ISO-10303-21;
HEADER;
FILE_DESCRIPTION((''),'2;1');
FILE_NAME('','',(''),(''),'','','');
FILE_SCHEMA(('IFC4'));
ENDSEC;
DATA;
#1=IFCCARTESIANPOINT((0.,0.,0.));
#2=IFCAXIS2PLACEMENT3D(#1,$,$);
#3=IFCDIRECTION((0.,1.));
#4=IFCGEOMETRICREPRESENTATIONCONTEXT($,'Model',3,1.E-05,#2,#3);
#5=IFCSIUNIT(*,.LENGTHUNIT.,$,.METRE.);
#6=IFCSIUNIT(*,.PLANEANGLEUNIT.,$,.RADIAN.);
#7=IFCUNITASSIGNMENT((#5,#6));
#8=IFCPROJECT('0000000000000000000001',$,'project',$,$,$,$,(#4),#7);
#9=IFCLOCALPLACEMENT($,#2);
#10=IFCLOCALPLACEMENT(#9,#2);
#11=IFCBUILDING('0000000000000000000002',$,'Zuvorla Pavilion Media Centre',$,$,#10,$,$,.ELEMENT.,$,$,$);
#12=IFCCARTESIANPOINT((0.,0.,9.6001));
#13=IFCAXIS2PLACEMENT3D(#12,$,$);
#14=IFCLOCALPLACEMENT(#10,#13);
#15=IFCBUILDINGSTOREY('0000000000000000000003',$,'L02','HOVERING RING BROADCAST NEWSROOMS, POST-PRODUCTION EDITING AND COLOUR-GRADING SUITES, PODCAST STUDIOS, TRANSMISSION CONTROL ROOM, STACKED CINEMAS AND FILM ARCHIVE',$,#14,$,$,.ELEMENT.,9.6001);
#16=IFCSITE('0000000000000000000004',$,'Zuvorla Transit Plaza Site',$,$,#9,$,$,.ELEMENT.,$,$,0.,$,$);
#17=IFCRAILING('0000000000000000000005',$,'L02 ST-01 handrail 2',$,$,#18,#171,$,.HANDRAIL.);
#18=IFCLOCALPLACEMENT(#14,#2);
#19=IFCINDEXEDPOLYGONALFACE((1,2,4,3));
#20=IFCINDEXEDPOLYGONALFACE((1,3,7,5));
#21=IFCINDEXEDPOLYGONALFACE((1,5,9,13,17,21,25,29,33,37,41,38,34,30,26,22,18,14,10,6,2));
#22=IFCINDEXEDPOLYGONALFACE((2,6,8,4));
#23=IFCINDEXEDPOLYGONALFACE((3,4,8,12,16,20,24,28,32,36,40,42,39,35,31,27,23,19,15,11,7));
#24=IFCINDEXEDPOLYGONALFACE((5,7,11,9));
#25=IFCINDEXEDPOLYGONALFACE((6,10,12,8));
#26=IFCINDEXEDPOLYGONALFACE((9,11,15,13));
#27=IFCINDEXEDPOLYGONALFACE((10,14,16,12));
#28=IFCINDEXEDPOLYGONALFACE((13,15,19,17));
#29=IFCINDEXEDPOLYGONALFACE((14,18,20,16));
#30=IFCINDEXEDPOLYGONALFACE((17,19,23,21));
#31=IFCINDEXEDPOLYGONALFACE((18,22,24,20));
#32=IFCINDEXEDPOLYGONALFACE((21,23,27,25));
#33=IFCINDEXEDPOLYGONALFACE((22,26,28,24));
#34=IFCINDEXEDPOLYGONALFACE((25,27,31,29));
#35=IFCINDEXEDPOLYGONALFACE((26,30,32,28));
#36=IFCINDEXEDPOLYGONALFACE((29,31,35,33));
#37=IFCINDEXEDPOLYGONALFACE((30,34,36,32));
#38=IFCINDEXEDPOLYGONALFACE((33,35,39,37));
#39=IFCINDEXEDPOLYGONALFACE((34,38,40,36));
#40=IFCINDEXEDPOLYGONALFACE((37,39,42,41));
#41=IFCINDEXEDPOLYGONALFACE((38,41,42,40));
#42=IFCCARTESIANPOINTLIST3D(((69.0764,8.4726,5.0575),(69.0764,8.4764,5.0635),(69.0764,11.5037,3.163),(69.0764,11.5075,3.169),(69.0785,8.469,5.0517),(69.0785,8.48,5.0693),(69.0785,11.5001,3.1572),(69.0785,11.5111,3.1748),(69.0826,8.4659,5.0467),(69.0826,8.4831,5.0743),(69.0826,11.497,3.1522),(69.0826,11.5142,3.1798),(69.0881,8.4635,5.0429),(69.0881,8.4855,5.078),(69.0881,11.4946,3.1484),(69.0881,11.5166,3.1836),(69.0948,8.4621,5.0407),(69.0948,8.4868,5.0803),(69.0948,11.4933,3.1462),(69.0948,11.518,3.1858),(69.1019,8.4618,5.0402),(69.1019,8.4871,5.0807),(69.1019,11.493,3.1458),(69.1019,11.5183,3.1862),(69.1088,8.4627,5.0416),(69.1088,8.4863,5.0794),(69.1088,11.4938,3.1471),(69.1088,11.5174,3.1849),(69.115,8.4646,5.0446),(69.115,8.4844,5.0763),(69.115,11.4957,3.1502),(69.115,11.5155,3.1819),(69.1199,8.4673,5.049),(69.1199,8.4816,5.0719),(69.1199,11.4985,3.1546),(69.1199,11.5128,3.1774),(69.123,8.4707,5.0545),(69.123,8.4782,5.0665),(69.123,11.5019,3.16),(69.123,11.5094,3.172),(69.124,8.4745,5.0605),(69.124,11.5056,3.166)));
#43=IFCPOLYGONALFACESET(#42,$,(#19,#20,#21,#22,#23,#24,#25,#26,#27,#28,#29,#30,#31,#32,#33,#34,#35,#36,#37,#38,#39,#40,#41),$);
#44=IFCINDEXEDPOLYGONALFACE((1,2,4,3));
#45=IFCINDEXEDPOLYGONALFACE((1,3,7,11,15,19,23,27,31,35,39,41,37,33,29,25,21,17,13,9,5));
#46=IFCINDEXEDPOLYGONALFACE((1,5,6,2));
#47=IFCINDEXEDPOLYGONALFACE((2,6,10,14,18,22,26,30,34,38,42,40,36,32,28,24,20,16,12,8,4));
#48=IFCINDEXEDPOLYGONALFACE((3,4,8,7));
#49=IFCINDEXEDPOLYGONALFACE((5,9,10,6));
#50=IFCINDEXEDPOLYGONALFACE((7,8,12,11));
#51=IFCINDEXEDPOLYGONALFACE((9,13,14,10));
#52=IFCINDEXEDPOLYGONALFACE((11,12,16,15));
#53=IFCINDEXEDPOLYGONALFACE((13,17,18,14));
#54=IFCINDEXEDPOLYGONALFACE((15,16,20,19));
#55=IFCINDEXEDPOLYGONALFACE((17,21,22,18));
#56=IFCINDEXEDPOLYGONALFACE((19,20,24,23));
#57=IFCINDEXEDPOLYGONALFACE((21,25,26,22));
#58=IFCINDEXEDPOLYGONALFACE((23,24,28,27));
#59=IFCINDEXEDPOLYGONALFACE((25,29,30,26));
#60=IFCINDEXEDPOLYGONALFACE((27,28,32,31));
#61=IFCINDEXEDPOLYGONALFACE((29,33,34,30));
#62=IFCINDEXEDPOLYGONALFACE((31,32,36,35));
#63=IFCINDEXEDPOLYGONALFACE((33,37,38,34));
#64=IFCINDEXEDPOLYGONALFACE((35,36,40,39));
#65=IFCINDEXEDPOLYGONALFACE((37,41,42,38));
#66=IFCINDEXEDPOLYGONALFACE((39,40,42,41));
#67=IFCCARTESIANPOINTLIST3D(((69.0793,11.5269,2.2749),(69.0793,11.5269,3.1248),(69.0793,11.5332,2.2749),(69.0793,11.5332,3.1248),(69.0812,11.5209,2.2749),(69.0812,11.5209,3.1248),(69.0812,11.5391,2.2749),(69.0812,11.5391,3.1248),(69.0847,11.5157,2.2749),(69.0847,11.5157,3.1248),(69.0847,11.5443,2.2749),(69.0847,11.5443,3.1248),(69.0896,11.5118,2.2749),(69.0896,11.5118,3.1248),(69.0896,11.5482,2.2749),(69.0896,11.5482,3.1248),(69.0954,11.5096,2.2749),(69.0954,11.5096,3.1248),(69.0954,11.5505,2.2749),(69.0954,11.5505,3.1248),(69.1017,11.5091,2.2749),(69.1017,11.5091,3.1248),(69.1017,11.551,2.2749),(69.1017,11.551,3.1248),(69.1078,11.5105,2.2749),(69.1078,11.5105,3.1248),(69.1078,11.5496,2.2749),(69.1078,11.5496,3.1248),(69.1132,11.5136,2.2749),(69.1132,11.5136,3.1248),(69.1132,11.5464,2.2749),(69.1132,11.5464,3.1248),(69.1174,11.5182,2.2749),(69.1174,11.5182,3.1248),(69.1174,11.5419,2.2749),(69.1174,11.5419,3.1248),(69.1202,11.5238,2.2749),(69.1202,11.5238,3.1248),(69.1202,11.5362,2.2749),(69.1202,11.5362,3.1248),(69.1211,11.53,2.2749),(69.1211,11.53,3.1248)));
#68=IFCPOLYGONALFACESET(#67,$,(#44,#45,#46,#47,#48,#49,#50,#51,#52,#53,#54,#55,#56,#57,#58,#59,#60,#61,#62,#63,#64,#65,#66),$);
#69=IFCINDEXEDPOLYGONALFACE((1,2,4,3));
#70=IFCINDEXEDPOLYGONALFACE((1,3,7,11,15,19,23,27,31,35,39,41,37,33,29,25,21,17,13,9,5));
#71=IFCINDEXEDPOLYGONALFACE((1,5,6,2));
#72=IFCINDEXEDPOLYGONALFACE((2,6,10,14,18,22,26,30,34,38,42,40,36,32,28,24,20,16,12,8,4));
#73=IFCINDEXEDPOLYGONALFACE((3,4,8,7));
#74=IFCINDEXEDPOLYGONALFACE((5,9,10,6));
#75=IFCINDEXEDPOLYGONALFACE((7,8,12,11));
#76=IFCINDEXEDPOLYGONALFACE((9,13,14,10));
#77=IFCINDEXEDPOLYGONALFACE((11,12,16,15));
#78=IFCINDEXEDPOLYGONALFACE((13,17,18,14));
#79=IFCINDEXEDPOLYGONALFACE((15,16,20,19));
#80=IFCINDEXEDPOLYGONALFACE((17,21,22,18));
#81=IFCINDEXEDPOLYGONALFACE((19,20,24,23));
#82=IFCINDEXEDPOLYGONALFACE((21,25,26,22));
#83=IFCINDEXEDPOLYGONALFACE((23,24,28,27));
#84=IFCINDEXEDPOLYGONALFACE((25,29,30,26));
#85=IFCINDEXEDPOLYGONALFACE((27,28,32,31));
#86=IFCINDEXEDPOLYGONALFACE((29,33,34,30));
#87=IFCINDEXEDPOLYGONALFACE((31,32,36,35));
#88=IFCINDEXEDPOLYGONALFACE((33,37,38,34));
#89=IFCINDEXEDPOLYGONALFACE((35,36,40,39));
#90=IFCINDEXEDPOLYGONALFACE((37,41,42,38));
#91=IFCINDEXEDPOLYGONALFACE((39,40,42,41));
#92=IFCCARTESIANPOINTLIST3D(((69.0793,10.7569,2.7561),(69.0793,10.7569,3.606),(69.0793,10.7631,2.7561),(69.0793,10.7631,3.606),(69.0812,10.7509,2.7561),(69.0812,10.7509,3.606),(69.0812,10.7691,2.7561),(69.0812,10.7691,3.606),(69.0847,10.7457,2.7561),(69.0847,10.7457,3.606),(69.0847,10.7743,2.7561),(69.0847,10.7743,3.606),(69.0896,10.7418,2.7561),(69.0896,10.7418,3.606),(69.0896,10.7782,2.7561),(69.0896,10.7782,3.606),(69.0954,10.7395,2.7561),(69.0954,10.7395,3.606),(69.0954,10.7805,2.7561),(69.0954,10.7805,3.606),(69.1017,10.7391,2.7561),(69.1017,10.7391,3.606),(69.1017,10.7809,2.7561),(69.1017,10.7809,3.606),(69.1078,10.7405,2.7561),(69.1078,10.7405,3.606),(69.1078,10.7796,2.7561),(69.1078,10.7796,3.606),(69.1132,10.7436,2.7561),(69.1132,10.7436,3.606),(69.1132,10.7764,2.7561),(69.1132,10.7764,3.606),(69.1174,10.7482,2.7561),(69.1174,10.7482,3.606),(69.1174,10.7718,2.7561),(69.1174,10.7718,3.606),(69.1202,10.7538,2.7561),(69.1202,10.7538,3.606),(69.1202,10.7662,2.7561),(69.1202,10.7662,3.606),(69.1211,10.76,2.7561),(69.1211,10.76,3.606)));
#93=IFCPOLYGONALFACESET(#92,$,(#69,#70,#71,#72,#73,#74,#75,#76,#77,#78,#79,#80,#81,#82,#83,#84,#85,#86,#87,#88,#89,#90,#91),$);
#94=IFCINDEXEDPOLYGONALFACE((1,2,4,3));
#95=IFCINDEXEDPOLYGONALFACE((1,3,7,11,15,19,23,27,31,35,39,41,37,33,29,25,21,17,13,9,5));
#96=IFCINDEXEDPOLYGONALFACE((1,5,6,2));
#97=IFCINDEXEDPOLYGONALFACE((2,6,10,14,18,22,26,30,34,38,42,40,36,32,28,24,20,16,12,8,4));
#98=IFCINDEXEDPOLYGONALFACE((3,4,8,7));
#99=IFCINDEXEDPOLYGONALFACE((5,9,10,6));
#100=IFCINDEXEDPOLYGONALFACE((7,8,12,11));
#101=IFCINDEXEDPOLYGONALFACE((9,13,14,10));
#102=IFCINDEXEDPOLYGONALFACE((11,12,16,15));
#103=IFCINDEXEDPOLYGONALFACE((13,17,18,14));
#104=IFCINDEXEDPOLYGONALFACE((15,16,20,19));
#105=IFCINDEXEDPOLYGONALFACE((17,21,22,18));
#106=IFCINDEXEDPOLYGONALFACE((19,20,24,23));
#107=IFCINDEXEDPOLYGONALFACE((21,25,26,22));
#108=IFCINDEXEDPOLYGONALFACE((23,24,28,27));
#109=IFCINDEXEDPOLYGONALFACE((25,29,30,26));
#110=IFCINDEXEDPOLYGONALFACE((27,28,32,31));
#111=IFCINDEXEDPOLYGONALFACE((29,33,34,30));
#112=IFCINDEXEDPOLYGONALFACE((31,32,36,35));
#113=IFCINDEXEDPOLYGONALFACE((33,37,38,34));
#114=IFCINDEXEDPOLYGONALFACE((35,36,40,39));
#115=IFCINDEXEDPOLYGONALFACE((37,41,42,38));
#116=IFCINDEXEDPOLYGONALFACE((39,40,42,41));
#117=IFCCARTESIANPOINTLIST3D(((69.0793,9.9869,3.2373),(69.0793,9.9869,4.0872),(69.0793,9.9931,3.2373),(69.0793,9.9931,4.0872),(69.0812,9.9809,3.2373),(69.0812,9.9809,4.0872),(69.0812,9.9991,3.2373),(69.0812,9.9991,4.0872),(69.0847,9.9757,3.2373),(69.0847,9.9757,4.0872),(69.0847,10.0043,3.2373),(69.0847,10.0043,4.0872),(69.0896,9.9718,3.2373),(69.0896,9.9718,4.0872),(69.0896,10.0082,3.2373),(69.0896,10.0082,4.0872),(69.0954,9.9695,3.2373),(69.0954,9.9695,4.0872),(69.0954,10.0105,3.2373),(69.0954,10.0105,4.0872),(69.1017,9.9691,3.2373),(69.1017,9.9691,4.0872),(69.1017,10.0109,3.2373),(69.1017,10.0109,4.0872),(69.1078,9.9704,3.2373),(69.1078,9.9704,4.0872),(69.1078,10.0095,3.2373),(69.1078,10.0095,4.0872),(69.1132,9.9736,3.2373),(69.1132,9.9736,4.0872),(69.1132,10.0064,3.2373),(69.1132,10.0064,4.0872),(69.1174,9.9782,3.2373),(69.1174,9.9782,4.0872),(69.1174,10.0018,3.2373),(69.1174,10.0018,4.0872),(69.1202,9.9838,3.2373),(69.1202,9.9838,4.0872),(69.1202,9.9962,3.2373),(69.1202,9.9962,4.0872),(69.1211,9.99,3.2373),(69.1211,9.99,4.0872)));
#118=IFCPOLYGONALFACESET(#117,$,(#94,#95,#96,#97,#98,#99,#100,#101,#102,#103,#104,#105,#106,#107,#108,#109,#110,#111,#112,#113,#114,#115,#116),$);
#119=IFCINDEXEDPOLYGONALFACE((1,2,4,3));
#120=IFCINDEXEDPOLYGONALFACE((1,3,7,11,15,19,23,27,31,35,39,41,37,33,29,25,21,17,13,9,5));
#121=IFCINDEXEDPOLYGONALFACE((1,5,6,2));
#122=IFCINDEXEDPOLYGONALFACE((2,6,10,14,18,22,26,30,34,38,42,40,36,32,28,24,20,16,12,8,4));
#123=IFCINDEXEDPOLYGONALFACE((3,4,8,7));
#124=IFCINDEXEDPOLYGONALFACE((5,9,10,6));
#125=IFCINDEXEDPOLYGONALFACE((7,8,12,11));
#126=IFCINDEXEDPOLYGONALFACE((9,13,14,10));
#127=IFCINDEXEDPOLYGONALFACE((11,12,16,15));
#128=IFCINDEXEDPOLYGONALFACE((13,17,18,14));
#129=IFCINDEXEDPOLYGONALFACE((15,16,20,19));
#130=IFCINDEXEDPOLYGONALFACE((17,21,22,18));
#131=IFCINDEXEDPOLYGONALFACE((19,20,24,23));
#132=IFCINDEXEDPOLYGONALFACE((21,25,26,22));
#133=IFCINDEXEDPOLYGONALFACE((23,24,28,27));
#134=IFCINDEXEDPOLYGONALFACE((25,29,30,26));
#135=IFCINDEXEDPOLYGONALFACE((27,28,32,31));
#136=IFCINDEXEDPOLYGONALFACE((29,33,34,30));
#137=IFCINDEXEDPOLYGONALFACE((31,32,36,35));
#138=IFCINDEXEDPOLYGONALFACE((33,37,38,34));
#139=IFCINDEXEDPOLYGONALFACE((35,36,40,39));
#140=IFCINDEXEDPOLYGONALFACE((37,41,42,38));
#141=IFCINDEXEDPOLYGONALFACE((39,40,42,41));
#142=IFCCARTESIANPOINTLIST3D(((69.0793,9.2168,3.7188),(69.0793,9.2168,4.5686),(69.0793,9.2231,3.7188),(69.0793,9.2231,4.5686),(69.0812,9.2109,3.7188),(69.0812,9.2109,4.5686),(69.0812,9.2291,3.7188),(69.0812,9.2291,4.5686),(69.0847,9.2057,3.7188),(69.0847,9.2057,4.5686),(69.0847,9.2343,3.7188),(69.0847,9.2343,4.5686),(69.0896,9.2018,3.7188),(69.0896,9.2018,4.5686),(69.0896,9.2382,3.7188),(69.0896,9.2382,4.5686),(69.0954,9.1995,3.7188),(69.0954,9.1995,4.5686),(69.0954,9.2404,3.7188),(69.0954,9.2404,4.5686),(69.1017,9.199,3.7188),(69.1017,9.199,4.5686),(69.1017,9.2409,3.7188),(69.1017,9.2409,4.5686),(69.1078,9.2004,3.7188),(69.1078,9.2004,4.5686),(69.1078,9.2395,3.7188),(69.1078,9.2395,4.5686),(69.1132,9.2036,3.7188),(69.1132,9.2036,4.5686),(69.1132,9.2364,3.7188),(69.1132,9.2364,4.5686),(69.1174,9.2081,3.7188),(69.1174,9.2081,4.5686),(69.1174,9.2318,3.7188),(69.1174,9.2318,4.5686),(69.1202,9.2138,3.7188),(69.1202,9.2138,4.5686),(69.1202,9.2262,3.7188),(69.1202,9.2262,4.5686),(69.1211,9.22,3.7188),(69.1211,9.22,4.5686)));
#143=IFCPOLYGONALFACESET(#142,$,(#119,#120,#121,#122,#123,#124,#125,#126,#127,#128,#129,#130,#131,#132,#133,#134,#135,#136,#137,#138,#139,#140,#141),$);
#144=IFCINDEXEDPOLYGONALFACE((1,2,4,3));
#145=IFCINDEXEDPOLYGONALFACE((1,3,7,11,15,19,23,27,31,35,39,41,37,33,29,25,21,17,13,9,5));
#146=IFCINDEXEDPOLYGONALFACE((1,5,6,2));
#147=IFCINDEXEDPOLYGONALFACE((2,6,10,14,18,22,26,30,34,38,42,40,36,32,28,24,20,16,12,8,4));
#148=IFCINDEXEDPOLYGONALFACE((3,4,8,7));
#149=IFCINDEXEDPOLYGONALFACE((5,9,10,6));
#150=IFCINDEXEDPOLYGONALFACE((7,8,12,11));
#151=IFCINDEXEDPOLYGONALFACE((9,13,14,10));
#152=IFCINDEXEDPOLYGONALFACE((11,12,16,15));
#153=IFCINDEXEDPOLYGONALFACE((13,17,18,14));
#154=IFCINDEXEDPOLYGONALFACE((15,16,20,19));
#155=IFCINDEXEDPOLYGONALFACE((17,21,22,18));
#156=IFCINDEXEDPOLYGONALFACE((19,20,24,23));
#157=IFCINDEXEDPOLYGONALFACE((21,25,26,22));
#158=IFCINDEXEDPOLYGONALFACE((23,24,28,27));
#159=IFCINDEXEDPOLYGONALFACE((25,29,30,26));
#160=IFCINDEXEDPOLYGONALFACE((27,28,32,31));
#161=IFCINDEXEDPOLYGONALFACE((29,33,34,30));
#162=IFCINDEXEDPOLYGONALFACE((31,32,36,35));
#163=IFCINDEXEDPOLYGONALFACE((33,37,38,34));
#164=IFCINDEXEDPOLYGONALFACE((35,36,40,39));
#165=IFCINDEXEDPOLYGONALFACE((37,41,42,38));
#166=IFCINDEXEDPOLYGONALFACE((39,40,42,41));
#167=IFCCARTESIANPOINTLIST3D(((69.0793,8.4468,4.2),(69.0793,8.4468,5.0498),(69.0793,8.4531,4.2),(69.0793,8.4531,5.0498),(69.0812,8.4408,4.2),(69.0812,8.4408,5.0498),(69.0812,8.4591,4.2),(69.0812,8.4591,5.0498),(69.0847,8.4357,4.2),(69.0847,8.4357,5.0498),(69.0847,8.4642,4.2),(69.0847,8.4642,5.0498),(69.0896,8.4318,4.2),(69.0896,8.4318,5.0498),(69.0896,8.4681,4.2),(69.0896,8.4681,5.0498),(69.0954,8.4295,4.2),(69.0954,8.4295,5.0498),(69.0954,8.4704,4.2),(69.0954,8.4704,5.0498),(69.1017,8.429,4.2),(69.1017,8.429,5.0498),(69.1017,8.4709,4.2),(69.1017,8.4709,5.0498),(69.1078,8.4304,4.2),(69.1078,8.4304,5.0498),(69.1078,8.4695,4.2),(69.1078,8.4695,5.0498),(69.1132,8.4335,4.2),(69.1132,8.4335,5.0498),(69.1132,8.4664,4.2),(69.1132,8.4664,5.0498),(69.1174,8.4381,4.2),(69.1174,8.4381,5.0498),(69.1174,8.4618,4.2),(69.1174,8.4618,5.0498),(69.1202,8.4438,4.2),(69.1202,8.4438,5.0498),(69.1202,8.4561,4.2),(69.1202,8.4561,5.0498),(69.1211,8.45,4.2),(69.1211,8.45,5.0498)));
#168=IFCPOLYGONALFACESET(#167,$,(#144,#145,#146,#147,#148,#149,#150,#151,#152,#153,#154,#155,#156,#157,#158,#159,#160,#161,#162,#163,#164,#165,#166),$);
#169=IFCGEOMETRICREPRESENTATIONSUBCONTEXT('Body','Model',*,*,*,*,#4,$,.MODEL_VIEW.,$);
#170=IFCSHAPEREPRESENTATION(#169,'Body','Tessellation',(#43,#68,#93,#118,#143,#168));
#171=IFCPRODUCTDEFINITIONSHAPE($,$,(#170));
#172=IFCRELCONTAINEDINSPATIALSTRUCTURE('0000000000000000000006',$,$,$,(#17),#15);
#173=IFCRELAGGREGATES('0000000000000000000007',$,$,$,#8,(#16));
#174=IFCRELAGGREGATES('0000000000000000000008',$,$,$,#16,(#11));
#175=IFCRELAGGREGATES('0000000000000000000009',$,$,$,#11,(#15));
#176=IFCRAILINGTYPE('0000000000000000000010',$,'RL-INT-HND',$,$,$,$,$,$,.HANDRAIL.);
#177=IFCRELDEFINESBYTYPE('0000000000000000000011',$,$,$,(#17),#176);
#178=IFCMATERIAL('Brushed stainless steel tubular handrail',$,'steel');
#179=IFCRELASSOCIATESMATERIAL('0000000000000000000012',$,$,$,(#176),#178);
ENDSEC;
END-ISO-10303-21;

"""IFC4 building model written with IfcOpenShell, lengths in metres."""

from ifc_helpers import new_model, si_unit, direction, frame, origin, origin_2d, place, context, subcontext, project, spatial, circle, extrude, material, type_object, element, save


model = new_model("IFC4")

# Units and contexts
model_context = context("Model", 3, precision=1e-05, world=origin(), true_north=direction((0.0, 1.0)))
body_context = subcontext(model_context, "Body", "Model", "MODEL_VIEW")
ifc_project = project(units=[si_unit("LENGTHUNIT", "METRE"), si_unit("PLANEANGLEUNIT", "RADIAN")], contexts=[model_context])

# Site, building, storey
site_placement = place(None, origin())
site = spatial("IfcSite", under=ifc_project, at=site_placement, Name="Zuvorla Transit Plaza Site", CompositionType="ELEMENT", RefElevation=0.0)
building_placement = place(site_placement, origin())
building = spatial("IfcBuilding", under=site, at=building_placement, Name="Zuvorla Pavilion Media Centre", CompositionType="ELEMENT")
storey_placement = place(building_placement, frame((0.0, 0.0, 9.6001)))
storey = spatial("IfcBuildingStorey", under=building, at=storey_placement, Name="L02", Description="HOVERING RING BROADCAST NEWSROOMS, POST-PRODUCTION EDITING AND COLOUR-GRADING SUITES, PODCAST STUDIOS, TRANSMISSION CONTROL ROOM, STACKED CINEMAS AND FILM ARCHIVE", CompositionType="ELEMENT", Elevation=9.6001)

# Railing
ifc_material_1 = material(Name="Brushed stainless steel tubular handrail", Category="steel")
railing_type_1 = type_object("IfcRailingType", Name="RL-INT-HND", PredefinedType="HANDRAIL", material=ifc_material_1)
railing_1_placement = place(storey_placement, frame((69.1001, 11.53, 2.2749)))
element("IfcRailing", 1, at=railing_1_placement, inside=storey, type_object=railing_type_1, Name="L02 ST-01 handrail 2", PredefinedType="HANDRAIL", context=body_context, shape_type="SweptSolid", body=[
    extrude(circle(Radius=0.0239, at=origin_2d()), frame((0.0, -0.0244, 0.8911), z_axis=(0.0, -0.847998, 0.529999), x_axis=(1.0, 0.0, 0.0)), (0.0, 0.0, 1.0), 3.5745),
    extrude(circle(Radius=0.021, at=origin_2d()), origin(), (0.0, 0.0, 1.0), 0.8499),
    extrude(circle(Radius=0.021, at=origin_2d()), frame((0.0, -0.77, 0.4812)), (0.0, 0.0, 1.0), 0.8499),
    extrude(circle(Radius=0.021, at=origin_2d()), frame((0.0, -1.54, 0.9624)), (0.0, 0.0, 1.0), 0.8499),
    extrude(circle(Radius=0.021, at=origin_2d()), frame((0.0, -2.3101, 1.4438)), (0.0, 0.0, 1.0), 0.8499),
    extrude(circle(Radius=0.021, at=origin_2d()), frame((0.0, -3.0801, 1.925)), (0.0, 0.0, 1.0), 0.8499),
])

save(model, "model.ifc")
